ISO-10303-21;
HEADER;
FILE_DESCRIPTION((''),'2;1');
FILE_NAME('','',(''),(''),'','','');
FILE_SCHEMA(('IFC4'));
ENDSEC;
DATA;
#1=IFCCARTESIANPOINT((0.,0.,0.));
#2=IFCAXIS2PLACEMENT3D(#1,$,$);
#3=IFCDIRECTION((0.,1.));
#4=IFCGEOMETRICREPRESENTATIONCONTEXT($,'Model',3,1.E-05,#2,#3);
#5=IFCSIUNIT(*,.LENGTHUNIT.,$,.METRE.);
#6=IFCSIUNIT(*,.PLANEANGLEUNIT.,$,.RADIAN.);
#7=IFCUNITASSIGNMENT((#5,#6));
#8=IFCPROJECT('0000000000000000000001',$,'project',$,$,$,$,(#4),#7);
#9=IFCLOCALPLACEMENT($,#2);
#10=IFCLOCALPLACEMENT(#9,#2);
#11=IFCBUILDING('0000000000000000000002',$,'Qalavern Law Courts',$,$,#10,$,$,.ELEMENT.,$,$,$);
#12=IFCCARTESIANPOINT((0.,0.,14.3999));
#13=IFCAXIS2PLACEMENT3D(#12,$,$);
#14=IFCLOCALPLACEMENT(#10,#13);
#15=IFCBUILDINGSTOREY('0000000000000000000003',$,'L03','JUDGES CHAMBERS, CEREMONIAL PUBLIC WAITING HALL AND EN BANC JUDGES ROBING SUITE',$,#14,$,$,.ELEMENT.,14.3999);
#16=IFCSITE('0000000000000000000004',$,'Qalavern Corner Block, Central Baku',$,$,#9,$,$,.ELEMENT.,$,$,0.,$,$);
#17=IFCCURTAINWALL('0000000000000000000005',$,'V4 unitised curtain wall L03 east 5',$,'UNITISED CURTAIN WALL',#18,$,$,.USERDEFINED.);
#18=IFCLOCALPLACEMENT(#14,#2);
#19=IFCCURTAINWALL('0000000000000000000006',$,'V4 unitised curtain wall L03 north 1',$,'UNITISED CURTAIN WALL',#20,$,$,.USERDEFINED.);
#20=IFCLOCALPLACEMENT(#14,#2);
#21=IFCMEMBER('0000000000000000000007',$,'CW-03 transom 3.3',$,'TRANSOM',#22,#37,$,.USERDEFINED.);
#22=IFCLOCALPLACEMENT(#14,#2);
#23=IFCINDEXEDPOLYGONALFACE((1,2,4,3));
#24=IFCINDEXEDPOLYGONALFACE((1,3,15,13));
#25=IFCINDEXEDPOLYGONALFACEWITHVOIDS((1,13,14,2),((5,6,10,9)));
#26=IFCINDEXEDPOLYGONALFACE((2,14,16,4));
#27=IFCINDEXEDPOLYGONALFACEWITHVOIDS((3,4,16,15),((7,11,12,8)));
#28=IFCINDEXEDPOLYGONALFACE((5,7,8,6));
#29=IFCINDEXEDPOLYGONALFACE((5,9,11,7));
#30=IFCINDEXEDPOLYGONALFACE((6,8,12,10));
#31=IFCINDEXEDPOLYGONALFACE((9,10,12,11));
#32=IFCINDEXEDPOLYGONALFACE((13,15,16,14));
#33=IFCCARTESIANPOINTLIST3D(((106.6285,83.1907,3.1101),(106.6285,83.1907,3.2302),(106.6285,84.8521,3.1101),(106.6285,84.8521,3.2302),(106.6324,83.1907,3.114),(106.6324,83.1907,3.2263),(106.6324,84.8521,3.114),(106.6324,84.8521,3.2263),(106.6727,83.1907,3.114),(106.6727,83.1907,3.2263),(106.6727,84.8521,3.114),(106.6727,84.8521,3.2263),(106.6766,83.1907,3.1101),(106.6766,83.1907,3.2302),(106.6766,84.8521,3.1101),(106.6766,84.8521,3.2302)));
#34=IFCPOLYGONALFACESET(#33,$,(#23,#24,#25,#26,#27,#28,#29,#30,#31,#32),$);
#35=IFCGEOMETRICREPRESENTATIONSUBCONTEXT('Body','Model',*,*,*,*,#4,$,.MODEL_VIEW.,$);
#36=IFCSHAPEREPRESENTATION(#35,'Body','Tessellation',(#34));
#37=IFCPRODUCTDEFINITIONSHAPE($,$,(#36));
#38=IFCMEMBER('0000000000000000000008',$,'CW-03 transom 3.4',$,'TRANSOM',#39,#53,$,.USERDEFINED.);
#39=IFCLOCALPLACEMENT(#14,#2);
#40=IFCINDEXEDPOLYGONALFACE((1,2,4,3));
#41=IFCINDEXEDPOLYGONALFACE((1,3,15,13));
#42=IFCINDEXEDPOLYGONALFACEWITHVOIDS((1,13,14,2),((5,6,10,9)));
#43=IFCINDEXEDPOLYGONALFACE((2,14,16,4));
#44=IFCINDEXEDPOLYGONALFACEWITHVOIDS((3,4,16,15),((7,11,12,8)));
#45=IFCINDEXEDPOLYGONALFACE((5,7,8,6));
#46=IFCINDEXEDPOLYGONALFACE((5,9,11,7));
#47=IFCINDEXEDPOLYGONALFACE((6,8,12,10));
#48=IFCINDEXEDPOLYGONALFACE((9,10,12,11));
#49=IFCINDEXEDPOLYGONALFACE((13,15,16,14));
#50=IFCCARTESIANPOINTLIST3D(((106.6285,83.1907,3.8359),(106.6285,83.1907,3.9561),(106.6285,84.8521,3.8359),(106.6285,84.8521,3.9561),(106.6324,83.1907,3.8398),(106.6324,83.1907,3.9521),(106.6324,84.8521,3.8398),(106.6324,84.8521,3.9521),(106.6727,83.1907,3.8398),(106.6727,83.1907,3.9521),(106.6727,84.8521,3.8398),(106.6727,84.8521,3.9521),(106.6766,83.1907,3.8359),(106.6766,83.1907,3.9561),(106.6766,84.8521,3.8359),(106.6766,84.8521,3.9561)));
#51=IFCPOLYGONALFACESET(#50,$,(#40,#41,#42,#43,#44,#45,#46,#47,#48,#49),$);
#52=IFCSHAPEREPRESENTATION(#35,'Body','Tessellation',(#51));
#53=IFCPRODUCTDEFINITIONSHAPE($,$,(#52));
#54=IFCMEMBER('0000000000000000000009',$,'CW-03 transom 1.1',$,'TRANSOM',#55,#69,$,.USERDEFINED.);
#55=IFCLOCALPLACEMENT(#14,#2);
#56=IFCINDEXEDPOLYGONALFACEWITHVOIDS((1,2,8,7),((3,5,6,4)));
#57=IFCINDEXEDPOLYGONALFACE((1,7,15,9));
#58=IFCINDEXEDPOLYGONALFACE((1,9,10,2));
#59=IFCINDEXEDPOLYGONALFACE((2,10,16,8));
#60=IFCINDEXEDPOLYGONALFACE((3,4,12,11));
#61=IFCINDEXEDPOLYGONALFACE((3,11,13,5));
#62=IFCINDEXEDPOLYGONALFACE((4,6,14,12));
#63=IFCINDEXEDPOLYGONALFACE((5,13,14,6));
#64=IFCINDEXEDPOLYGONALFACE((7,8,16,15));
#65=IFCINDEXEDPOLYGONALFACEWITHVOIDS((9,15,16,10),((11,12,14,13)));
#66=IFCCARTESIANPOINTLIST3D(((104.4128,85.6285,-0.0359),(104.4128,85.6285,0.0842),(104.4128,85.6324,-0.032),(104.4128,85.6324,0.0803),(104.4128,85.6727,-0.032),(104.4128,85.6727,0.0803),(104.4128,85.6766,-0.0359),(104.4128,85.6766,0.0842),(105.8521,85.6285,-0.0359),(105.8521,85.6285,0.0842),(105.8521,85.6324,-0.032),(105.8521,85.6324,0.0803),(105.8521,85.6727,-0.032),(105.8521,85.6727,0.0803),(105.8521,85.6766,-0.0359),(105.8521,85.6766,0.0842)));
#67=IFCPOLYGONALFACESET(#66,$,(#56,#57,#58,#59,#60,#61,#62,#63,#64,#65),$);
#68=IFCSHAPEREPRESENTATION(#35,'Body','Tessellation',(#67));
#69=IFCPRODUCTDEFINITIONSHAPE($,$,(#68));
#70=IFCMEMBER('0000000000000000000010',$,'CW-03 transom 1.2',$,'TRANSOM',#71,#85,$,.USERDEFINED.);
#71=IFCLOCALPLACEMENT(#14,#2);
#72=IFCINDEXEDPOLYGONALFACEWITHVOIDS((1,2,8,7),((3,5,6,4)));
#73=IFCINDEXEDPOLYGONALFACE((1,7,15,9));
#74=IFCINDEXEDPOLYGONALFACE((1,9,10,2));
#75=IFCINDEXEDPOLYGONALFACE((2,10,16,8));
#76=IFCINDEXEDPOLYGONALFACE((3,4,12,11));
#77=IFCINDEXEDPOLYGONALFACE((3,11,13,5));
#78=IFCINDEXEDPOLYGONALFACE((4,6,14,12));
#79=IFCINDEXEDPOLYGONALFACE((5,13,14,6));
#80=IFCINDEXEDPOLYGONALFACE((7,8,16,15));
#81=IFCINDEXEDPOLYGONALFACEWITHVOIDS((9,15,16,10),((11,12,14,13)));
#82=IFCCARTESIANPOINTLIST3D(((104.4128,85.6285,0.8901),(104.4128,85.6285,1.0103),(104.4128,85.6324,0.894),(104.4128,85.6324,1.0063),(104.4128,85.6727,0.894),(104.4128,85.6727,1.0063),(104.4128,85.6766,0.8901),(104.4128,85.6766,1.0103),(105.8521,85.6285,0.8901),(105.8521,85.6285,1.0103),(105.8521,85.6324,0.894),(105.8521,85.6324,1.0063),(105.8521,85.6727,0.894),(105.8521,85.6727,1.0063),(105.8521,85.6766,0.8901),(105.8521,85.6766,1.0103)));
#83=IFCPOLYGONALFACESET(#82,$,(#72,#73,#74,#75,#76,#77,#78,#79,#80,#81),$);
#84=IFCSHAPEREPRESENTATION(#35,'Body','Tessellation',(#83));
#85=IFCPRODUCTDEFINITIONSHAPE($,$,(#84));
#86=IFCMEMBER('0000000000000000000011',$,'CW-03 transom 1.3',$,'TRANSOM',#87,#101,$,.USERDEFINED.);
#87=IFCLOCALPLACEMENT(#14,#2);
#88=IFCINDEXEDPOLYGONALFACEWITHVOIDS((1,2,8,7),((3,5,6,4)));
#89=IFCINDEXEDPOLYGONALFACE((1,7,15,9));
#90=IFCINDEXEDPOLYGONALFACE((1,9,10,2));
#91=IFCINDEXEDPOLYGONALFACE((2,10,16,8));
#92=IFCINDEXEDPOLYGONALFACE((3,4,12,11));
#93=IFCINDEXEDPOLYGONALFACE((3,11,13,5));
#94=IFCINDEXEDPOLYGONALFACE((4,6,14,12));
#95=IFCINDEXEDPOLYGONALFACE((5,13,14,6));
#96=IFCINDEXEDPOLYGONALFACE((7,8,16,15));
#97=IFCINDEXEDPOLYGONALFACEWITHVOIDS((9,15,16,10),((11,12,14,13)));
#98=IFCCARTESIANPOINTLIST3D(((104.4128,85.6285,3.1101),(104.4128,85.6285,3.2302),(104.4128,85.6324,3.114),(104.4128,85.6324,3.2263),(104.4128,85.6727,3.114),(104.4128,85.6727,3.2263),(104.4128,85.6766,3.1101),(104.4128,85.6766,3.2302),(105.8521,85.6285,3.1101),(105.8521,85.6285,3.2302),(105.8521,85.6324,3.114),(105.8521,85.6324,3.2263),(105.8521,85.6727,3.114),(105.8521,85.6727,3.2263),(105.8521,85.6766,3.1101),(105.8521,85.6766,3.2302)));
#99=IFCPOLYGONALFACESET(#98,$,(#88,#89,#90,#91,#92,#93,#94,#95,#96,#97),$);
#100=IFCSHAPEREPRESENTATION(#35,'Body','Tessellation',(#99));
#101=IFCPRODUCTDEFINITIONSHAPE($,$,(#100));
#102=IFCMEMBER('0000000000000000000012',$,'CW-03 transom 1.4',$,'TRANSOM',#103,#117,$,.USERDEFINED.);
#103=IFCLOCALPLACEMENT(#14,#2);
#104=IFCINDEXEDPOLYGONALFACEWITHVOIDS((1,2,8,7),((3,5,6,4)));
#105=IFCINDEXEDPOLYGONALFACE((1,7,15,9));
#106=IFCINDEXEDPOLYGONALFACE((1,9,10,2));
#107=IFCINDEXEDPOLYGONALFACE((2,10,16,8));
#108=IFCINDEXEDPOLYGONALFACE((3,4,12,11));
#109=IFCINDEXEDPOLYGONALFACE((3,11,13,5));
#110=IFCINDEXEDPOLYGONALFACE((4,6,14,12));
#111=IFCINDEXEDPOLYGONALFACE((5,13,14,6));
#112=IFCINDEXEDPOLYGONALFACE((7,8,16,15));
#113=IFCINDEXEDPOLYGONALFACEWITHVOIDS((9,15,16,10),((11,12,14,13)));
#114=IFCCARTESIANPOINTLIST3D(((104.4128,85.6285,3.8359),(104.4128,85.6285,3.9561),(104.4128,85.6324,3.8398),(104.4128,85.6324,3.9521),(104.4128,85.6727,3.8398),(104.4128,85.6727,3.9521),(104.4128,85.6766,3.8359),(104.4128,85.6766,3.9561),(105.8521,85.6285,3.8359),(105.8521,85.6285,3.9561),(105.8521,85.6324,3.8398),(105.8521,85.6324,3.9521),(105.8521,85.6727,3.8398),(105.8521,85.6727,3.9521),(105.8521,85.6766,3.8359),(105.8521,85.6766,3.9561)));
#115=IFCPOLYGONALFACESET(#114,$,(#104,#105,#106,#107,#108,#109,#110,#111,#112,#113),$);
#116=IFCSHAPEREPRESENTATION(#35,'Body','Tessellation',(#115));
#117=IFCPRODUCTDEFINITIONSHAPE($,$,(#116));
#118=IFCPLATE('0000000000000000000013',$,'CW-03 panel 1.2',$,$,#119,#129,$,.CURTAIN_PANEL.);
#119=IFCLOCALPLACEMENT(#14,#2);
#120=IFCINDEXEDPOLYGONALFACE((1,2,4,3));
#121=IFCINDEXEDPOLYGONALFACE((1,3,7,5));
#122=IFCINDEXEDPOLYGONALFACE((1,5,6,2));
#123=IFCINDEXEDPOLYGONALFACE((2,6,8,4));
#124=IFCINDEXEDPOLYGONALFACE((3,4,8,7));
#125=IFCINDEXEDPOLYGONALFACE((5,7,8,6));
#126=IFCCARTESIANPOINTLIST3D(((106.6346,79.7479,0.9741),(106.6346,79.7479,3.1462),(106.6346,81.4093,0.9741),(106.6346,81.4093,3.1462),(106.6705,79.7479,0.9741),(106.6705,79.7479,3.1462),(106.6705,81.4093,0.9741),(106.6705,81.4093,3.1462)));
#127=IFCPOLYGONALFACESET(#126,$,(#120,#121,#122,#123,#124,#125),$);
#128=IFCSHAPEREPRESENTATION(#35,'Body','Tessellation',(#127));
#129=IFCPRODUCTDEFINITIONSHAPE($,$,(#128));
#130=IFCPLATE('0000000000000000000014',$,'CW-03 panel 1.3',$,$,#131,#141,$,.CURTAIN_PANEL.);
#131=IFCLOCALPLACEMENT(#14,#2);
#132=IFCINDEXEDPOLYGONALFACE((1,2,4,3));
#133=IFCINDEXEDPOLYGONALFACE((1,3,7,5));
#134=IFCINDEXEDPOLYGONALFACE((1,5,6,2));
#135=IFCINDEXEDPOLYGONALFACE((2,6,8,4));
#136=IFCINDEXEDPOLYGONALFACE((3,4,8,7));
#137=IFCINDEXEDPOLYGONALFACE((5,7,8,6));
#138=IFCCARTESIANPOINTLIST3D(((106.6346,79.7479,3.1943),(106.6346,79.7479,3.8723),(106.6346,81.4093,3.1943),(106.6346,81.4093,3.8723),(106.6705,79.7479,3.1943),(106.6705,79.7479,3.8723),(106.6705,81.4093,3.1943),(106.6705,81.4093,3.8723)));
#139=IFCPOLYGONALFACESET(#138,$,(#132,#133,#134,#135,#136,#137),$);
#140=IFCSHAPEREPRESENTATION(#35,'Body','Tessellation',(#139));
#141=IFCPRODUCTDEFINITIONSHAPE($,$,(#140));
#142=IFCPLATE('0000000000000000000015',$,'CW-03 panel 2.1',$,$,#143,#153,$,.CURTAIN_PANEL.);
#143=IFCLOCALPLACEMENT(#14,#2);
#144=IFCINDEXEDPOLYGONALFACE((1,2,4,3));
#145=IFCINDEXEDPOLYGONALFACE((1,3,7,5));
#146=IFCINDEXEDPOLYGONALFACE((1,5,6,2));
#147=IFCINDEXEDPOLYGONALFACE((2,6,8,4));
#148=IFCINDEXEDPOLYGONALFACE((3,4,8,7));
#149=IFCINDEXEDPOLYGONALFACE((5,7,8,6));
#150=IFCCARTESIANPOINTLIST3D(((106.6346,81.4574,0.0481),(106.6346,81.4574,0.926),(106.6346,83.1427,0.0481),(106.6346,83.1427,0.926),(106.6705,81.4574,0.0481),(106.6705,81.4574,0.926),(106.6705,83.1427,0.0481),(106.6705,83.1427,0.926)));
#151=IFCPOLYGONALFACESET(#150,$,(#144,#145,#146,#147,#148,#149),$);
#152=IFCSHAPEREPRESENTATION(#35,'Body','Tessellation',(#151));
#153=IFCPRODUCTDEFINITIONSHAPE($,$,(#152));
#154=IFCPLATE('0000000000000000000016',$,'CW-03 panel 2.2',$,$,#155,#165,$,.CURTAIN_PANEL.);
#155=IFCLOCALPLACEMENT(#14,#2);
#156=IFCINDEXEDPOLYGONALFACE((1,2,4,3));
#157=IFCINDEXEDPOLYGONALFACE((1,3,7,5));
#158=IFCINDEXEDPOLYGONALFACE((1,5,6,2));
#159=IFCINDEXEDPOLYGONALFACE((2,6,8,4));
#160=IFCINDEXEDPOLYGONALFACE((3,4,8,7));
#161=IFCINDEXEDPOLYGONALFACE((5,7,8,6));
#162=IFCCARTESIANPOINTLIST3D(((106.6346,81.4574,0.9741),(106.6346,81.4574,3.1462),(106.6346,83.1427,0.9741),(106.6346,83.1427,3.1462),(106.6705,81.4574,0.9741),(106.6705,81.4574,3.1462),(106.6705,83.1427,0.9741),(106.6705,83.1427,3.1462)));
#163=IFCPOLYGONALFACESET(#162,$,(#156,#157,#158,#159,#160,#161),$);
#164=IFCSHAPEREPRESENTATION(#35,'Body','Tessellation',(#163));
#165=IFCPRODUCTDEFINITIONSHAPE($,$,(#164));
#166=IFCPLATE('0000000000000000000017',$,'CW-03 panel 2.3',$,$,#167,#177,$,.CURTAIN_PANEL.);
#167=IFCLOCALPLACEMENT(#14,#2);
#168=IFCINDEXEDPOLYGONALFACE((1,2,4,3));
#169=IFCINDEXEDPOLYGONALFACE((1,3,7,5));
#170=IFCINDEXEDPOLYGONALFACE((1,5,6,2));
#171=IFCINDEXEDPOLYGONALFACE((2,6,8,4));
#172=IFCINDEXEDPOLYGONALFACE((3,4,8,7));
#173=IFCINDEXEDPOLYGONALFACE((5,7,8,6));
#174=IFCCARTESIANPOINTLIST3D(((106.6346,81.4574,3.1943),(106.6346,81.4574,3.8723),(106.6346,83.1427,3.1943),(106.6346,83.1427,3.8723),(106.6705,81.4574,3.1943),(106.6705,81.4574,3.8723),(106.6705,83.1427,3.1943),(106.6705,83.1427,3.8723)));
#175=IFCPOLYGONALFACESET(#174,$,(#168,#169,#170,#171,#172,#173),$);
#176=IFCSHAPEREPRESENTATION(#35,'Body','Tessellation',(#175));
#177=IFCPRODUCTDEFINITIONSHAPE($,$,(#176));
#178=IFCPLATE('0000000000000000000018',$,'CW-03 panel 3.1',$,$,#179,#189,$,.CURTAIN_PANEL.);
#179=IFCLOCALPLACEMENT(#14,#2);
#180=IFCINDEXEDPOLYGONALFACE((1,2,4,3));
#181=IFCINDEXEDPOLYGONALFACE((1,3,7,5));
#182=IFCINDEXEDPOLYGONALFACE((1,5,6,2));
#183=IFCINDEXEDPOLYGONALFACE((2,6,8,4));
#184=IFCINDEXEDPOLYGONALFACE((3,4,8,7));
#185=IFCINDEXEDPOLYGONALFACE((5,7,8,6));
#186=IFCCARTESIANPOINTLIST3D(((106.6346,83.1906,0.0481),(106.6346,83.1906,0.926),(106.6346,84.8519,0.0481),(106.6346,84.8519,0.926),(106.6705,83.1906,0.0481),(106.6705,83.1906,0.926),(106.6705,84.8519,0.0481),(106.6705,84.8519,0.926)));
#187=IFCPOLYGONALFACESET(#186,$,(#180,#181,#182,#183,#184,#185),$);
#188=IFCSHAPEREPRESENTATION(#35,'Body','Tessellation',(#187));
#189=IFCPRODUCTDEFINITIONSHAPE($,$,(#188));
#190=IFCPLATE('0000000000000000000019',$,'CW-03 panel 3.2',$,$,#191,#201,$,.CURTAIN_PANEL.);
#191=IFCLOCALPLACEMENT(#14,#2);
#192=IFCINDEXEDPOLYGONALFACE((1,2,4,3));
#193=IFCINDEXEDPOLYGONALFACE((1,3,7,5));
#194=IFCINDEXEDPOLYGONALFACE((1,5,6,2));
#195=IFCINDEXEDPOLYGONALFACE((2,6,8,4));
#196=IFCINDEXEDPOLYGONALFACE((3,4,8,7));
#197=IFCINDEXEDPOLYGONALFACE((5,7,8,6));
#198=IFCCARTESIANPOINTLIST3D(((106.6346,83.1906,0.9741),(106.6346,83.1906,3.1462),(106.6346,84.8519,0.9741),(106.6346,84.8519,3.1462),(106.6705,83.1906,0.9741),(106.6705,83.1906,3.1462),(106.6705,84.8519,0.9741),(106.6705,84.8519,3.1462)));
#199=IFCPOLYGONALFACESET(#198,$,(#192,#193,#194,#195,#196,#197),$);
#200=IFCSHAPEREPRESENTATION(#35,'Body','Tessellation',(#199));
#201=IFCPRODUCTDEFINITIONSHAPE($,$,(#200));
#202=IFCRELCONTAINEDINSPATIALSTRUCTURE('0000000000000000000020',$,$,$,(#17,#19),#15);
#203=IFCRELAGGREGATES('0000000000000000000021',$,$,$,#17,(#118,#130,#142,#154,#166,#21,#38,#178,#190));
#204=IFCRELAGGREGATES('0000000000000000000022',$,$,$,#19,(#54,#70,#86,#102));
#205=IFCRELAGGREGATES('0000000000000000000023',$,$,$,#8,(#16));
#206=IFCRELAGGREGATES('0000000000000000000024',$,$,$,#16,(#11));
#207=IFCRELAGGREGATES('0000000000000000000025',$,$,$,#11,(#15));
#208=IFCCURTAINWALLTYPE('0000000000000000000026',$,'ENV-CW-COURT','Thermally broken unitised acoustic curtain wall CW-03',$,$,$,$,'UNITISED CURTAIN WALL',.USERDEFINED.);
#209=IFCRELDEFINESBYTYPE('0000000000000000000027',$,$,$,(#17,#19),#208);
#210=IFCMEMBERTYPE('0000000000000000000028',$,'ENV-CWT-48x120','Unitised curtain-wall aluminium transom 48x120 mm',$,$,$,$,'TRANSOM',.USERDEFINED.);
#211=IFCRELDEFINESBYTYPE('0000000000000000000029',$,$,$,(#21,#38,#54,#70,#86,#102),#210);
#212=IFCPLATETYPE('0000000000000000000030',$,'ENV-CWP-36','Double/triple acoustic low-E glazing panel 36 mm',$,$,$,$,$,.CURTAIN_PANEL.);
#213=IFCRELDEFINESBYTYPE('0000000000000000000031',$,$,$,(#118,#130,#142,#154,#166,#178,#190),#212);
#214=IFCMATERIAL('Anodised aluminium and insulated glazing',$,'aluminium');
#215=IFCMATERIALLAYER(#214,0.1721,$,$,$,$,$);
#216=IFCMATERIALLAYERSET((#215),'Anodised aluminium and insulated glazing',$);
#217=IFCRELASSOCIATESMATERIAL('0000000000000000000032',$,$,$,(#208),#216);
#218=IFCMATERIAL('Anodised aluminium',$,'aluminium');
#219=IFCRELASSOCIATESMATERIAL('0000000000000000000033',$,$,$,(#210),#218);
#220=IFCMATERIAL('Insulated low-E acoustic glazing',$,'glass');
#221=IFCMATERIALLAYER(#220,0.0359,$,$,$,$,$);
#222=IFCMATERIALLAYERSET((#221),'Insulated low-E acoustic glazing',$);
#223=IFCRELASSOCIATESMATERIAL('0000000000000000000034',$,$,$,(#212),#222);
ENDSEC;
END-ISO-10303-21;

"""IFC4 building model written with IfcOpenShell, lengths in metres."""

from ifc_helpers import new_model, si_unit, direction, frame, origin, origin_2d, place, context, subcontext, project, spatial, rectangle, hollow_rectangle, extrude, material, layer, layer_set, material_profile, profile_set, type_object, element, aggregate, save


model = new_model("IFC4")

# Units and contexts
model_context = context("Model", 3, precision=1e-05, world=origin(), true_north=direction((0.0, 1.0)))
body_context = subcontext(model_context, "Body", "Model", "MODEL_VIEW")
ifc_project = project(units=[si_unit("LENGTHUNIT", "METRE"), si_unit("PLANEANGLEUNIT", "RADIAN")], contexts=[model_context])

# Site, building, storey
site_placement = place(None, origin())
site = spatial("IfcSite", under=ifc_project, at=site_placement, Name="Qalavern Corner Block, Central Baku", CompositionType="ELEMENT", RefElevation=0.0)
building_placement = place(site_placement, origin())
building = spatial("IfcBuilding", under=site, at=building_placement, Name="Qalavern Law Courts", CompositionType="ELEMENT")
storey_placement = place(building_placement, frame((0.0, 0.0, 14.3999)))
storey = spatial("IfcBuildingStorey", under=building, at=storey_placement, Name="L03", Description="JUDGES CHAMBERS, CEREMONIAL PUBLIC WAITING HALL AND EN BANC JUDGES ROBING SUITE", CompositionType="ELEMENT", Elevation=14.3999)

# Curtain wall
ifc_material_1 = material(Name="Anodised aluminium and insulated glazing", Category="aluminium")
ifc_layer_1 = layer(ifc_material_1, 0.1721)
ifc_layer_set_1 = layer_set([ifc_layer_1], Name="Anodised aluminium and insulated glazing")
curtain_wall_type = type_object("IfcCurtainWallType", Name="ENV-CW-COURT", Description="Thermally broken unitised acoustic curtain wall CW-03", ElementType="UNITISED CURTAIN WALL", PredefinedType="USERDEFINED", material=ifc_layer_set_1)
curtain_wall_1_placement = place(storey_placement, origin())
curtain_wall_1 = element("IfcCurtainWall", 1, at=curtain_wall_1_placement, inside=storey, type_object=curtain_wall_type, Name="V4 unitised curtain wall L03 east 5", ObjectType="UNITISED CURTAIN WALL", PredefinedType="USERDEFINED")
ifc_material_2 = material(Name="Anodised aluminium", Category="aluminium")

# Curtain wall
curtain_wall_2_placement = place(storey_placement, origin())
curtain_wall_2 = element("IfcCurtainWall", 2, at=curtain_wall_2_placement, inside=storey, type_object=curtain_wall_type, Name="V4 unitised curtain wall L03 north 1", ObjectType="UNITISED CURTAIN WALL", PredefinedType="USERDEFINED")

# Members
ifc_material_profile_1 = material_profile(ifc_material_2, hollow_rectangle(XDim=0.0481, YDim=0.1201, WallThickness=0.0039, at=origin_2d()), Name="ALU TRANSOM 48x120")
ifc_profile_set_1 = profile_set([ifc_material_profile_1], Name="Anodised aluminium")
member_type_1 = type_object("IfcMemberType", Name="ENV-CWT-48x120", Description="Unitised curtain-wall aluminium transom 48x120 mm", ElementType="TRANSOM", PredefinedType="USERDEFINED", material=ifc_profile_set_1)
member_1_placement = place(storey_placement, frame((106.6526, 83.1907, 3.1702), z_axis=(0.0, 1.0, 0.0), x_axis=(-1.0, 0.0, 0.0)))
member_1 = element("IfcMember", 3, at=member_1_placement, type_object=member_type_1, Name="CW-03 transom 3.3", ObjectType="TRANSOM", PredefinedType="USERDEFINED", context=body_context, shape_type="SweptSolid", body=[
    extrude(hollow_rectangle(XDim=0.0481, YDim=0.1201, WallThickness=0.0039, at=origin_2d()), origin(), (0.0, 0.0, 1.0), 1.6614),
])
member_2_placement = place(storey_placement, frame((106.6526, 83.1907, 3.896), z_axis=(0.0, 1.0, 0.0), x_axis=(-1.0, 0.0, 0.0)))
member_2 = element("IfcMember", 4, at=member_2_placement, type_object=member_type_1, Name="CW-03 transom 3.4", ObjectType="TRANSOM", PredefinedType="USERDEFINED", context=body_context, shape_type="SweptSolid", body=[
    extrude(hollow_rectangle(XDim=0.0481, YDim=0.1201, WallThickness=0.0039, at=origin_2d()), origin(), (0.0, 0.0, 1.0), 1.6614),
])
member_3_placement = place(storey_placement, frame((105.8521, 85.6526, 0.0242), z_axis=(-1.0, 0.0, 0.0), x_axis=(0.0, -1.0, 0.0)))
member_3 = element("IfcMember", 5, at=member_3_placement, type_object=member_type_1, Name="CW-03 transom 1.1", ObjectType="TRANSOM", PredefinedType="USERDEFINED", context=body_context, shape_type="SweptSolid", body=[
    extrude(hollow_rectangle(XDim=0.0481, YDim=0.1201, WallThickness=0.0039, at=origin_2d()), origin(), (0.0, 0.0, 1.0), 1.4392),
])
member_4_placement = place(storey_placement, frame((105.8521, 85.6526, 0.9502), z_axis=(-1.0, 0.0, 0.0), x_axis=(0.0, -1.0, 0.0)))
member_4 = element("IfcMember", 6, at=member_4_placement, type_object=member_type_1, Name="CW-03 transom 1.2", ObjectType="TRANSOM", PredefinedType="USERDEFINED", context=body_context, shape_type="SweptSolid", body=[
    extrude(hollow_rectangle(XDim=0.0481, YDim=0.1201, WallThickness=0.0039, at=origin_2d()), origin(), (0.0, 0.0, 1.0), 1.4392),
])
member_5_placement = place(storey_placement, frame((105.8521, 85.6526, 3.1702), z_axis=(-1.0, 0.0, 0.0), x_axis=(0.0, -1.0, 0.0)))
member_5 = element("IfcMember", 7, at=member_5_placement, type_object=member_type_1, Name="CW-03 transom 1.3", ObjectType="TRANSOM", PredefinedType="USERDEFINED", context=body_context, shape_type="SweptSolid", body=[
    extrude(hollow_rectangle(XDim=0.0481, YDim=0.1201, WallThickness=0.0039, at=origin_2d()), origin(), (0.0, 0.0, 1.0), 1.4392),
])
member_6_placement = place(storey_placement, frame((105.8521, 85.6526, 3.896), z_axis=(-1.0, 0.0, 0.0), x_axis=(0.0, -1.0, 0.0)))
member_6 = element("IfcMember", 8, at=member_6_placement, type_object=member_type_1, Name="CW-03 transom 1.4", ObjectType="TRANSOM", PredefinedType="USERDEFINED", context=body_context, shape_type="SweptSolid", body=[
    extrude(hollow_rectangle(XDim=0.0481, YDim=0.1201, WallThickness=0.0039, at=origin_2d()), origin(), (0.0, 0.0, 1.0), 1.4392),
])

# Plates
ifc_material_3 = material(Name="Insulated low-E acoustic glazing", Category="glass")
ifc_layer_2 = layer(ifc_material_3, 0.0359)
ifc_layer_set_2 = layer_set([ifc_layer_2], Name="Insulated low-E acoustic glazing")
plate_type_1 = type_object("IfcPlateType", Name="ENV-CWP-36", Description="Double/triple acoustic low-E glazing panel 36 mm", PredefinedType="CURTAIN_PANEL", material=ifc_layer_set_2)
plate_1_placement = place(storey_placement, frame((106.6526, 80.5786, 0.9741), z_axis=(0.0, 0.0, 1.0), x_axis=(0.0, 1.0, 0.0)))
plate_1 = element("IfcPlate", 9, at=plate_1_placement, type_object=plate_type_1, Name="CW-03 panel 1.2", PredefinedType="CURTAIN_PANEL", context=body_context, shape_type="SweptSolid", body=[
    extrude(rectangle(XDim=1.6614, YDim=0.0359, at=origin_2d()), origin(), (0.0, 0.0, 1.0), 2.1721),
])
plate_2_placement = place(storey_placement, frame((106.6526, 80.5786, 3.1943), z_axis=(0.0, 0.0, 1.0), x_axis=(0.0, 1.0, 0.0)))
plate_2 = element("IfcPlate", 10, at=plate_2_placement, type_object=plate_type_1, Name="CW-03 panel 1.3", PredefinedType="CURTAIN_PANEL", context=body_context, shape_type="SweptSolid", body=[
    extrude(rectangle(XDim=1.6614, YDim=0.0359, at=origin_2d()), origin(), (0.0, 0.0, 1.0), 0.678),
])
plate_3_placement = place(storey_placement, frame((106.6526, 82.3, 0.0481), z_axis=(0.0, 0.0, 1.0), x_axis=(0.0, 1.0, 0.0)))
plate_3 = element("IfcPlate", 11, at=plate_3_placement, type_object=plate_type_1, Name="CW-03 panel 2.1", PredefinedType="CURTAIN_PANEL", context=body_context, shape_type="SweptSolid", body=[
    extrude(rectangle(XDim=1.6853, YDim=0.0359, at=origin_2d()), origin(), (0.0, 0.0, 1.0), 0.8779),
])
plate_4_placement = place(storey_placement, frame((106.6526, 82.3, 0.9741), z_axis=(0.0, 0.0, 1.0), x_axis=(0.0, 1.0, 0.0)))
plate_4 = element("IfcPlate", 12, at=plate_4_placement, type_object=plate_type_1, Name="CW-03 panel 2.2", PredefinedType="CURTAIN_PANEL", context=body_context, shape_type="SweptSolid", body=[
    extrude(rectangle(XDim=1.6853, YDim=0.0359, at=origin_2d()), origin(), (0.0, 0.0, 1.0), 2.1721),
])
plate_5_placement = place(storey_placement, frame((106.6526, 82.3, 3.1943), z_axis=(0.0, 0.0, 1.0), x_axis=(0.0, 1.0, 0.0)))
plate_5 = element("IfcPlate", 13, at=plate_5_placement, type_object=plate_type_1, Name="CW-03 panel 2.3", PredefinedType="CURTAIN_PANEL", context=body_context, shape_type="SweptSolid", body=[
    extrude(rectangle(XDim=1.6853, YDim=0.0359, at=origin_2d()), origin(), (0.0, 0.0, 1.0), 0.678),
])
plate_6_placement = place(storey_placement, frame((106.6526, 84.0212, 0.0481), z_axis=(0.0, 0.0, 1.0), x_axis=(0.0, 1.0, 0.0)))
plate_6 = element("IfcPlate", 14, at=plate_6_placement, type_object=plate_type_1, Name="CW-03 panel 3.1", PredefinedType="CURTAIN_PANEL", context=body_context, shape_type="SweptSolid", body=[
    extrude(rectangle(XDim=1.6614, YDim=0.0359, at=origin_2d()), origin(), (0.0, 0.0, 1.0), 0.8779),
])
plate_7_placement = place(storey_placement, frame((106.6526, 84.0212, 0.9741), z_axis=(0.0, 0.0, 1.0), x_axis=(0.0, 1.0, 0.0)))
plate_7 = element("IfcPlate", 15, at=plate_7_placement, type_object=plate_type_1, Name="CW-03 panel 3.2", PredefinedType="CURTAIN_PANEL", context=body_context, shape_type="SweptSolid", body=[
    extrude(rectangle(XDim=1.6614, YDim=0.0359, at=origin_2d()), origin(), (0.0, 0.0, 1.0), 2.1721),
])
aggregate(curtain_wall_1, [plate_1, plate_2, plate_3, plate_4, plate_5, member_1, member_2, plate_6, plate_7])
aggregate(curtain_wall_2, [member_3, member_4, member_5, member_6])

save(model, "model.ifc")
